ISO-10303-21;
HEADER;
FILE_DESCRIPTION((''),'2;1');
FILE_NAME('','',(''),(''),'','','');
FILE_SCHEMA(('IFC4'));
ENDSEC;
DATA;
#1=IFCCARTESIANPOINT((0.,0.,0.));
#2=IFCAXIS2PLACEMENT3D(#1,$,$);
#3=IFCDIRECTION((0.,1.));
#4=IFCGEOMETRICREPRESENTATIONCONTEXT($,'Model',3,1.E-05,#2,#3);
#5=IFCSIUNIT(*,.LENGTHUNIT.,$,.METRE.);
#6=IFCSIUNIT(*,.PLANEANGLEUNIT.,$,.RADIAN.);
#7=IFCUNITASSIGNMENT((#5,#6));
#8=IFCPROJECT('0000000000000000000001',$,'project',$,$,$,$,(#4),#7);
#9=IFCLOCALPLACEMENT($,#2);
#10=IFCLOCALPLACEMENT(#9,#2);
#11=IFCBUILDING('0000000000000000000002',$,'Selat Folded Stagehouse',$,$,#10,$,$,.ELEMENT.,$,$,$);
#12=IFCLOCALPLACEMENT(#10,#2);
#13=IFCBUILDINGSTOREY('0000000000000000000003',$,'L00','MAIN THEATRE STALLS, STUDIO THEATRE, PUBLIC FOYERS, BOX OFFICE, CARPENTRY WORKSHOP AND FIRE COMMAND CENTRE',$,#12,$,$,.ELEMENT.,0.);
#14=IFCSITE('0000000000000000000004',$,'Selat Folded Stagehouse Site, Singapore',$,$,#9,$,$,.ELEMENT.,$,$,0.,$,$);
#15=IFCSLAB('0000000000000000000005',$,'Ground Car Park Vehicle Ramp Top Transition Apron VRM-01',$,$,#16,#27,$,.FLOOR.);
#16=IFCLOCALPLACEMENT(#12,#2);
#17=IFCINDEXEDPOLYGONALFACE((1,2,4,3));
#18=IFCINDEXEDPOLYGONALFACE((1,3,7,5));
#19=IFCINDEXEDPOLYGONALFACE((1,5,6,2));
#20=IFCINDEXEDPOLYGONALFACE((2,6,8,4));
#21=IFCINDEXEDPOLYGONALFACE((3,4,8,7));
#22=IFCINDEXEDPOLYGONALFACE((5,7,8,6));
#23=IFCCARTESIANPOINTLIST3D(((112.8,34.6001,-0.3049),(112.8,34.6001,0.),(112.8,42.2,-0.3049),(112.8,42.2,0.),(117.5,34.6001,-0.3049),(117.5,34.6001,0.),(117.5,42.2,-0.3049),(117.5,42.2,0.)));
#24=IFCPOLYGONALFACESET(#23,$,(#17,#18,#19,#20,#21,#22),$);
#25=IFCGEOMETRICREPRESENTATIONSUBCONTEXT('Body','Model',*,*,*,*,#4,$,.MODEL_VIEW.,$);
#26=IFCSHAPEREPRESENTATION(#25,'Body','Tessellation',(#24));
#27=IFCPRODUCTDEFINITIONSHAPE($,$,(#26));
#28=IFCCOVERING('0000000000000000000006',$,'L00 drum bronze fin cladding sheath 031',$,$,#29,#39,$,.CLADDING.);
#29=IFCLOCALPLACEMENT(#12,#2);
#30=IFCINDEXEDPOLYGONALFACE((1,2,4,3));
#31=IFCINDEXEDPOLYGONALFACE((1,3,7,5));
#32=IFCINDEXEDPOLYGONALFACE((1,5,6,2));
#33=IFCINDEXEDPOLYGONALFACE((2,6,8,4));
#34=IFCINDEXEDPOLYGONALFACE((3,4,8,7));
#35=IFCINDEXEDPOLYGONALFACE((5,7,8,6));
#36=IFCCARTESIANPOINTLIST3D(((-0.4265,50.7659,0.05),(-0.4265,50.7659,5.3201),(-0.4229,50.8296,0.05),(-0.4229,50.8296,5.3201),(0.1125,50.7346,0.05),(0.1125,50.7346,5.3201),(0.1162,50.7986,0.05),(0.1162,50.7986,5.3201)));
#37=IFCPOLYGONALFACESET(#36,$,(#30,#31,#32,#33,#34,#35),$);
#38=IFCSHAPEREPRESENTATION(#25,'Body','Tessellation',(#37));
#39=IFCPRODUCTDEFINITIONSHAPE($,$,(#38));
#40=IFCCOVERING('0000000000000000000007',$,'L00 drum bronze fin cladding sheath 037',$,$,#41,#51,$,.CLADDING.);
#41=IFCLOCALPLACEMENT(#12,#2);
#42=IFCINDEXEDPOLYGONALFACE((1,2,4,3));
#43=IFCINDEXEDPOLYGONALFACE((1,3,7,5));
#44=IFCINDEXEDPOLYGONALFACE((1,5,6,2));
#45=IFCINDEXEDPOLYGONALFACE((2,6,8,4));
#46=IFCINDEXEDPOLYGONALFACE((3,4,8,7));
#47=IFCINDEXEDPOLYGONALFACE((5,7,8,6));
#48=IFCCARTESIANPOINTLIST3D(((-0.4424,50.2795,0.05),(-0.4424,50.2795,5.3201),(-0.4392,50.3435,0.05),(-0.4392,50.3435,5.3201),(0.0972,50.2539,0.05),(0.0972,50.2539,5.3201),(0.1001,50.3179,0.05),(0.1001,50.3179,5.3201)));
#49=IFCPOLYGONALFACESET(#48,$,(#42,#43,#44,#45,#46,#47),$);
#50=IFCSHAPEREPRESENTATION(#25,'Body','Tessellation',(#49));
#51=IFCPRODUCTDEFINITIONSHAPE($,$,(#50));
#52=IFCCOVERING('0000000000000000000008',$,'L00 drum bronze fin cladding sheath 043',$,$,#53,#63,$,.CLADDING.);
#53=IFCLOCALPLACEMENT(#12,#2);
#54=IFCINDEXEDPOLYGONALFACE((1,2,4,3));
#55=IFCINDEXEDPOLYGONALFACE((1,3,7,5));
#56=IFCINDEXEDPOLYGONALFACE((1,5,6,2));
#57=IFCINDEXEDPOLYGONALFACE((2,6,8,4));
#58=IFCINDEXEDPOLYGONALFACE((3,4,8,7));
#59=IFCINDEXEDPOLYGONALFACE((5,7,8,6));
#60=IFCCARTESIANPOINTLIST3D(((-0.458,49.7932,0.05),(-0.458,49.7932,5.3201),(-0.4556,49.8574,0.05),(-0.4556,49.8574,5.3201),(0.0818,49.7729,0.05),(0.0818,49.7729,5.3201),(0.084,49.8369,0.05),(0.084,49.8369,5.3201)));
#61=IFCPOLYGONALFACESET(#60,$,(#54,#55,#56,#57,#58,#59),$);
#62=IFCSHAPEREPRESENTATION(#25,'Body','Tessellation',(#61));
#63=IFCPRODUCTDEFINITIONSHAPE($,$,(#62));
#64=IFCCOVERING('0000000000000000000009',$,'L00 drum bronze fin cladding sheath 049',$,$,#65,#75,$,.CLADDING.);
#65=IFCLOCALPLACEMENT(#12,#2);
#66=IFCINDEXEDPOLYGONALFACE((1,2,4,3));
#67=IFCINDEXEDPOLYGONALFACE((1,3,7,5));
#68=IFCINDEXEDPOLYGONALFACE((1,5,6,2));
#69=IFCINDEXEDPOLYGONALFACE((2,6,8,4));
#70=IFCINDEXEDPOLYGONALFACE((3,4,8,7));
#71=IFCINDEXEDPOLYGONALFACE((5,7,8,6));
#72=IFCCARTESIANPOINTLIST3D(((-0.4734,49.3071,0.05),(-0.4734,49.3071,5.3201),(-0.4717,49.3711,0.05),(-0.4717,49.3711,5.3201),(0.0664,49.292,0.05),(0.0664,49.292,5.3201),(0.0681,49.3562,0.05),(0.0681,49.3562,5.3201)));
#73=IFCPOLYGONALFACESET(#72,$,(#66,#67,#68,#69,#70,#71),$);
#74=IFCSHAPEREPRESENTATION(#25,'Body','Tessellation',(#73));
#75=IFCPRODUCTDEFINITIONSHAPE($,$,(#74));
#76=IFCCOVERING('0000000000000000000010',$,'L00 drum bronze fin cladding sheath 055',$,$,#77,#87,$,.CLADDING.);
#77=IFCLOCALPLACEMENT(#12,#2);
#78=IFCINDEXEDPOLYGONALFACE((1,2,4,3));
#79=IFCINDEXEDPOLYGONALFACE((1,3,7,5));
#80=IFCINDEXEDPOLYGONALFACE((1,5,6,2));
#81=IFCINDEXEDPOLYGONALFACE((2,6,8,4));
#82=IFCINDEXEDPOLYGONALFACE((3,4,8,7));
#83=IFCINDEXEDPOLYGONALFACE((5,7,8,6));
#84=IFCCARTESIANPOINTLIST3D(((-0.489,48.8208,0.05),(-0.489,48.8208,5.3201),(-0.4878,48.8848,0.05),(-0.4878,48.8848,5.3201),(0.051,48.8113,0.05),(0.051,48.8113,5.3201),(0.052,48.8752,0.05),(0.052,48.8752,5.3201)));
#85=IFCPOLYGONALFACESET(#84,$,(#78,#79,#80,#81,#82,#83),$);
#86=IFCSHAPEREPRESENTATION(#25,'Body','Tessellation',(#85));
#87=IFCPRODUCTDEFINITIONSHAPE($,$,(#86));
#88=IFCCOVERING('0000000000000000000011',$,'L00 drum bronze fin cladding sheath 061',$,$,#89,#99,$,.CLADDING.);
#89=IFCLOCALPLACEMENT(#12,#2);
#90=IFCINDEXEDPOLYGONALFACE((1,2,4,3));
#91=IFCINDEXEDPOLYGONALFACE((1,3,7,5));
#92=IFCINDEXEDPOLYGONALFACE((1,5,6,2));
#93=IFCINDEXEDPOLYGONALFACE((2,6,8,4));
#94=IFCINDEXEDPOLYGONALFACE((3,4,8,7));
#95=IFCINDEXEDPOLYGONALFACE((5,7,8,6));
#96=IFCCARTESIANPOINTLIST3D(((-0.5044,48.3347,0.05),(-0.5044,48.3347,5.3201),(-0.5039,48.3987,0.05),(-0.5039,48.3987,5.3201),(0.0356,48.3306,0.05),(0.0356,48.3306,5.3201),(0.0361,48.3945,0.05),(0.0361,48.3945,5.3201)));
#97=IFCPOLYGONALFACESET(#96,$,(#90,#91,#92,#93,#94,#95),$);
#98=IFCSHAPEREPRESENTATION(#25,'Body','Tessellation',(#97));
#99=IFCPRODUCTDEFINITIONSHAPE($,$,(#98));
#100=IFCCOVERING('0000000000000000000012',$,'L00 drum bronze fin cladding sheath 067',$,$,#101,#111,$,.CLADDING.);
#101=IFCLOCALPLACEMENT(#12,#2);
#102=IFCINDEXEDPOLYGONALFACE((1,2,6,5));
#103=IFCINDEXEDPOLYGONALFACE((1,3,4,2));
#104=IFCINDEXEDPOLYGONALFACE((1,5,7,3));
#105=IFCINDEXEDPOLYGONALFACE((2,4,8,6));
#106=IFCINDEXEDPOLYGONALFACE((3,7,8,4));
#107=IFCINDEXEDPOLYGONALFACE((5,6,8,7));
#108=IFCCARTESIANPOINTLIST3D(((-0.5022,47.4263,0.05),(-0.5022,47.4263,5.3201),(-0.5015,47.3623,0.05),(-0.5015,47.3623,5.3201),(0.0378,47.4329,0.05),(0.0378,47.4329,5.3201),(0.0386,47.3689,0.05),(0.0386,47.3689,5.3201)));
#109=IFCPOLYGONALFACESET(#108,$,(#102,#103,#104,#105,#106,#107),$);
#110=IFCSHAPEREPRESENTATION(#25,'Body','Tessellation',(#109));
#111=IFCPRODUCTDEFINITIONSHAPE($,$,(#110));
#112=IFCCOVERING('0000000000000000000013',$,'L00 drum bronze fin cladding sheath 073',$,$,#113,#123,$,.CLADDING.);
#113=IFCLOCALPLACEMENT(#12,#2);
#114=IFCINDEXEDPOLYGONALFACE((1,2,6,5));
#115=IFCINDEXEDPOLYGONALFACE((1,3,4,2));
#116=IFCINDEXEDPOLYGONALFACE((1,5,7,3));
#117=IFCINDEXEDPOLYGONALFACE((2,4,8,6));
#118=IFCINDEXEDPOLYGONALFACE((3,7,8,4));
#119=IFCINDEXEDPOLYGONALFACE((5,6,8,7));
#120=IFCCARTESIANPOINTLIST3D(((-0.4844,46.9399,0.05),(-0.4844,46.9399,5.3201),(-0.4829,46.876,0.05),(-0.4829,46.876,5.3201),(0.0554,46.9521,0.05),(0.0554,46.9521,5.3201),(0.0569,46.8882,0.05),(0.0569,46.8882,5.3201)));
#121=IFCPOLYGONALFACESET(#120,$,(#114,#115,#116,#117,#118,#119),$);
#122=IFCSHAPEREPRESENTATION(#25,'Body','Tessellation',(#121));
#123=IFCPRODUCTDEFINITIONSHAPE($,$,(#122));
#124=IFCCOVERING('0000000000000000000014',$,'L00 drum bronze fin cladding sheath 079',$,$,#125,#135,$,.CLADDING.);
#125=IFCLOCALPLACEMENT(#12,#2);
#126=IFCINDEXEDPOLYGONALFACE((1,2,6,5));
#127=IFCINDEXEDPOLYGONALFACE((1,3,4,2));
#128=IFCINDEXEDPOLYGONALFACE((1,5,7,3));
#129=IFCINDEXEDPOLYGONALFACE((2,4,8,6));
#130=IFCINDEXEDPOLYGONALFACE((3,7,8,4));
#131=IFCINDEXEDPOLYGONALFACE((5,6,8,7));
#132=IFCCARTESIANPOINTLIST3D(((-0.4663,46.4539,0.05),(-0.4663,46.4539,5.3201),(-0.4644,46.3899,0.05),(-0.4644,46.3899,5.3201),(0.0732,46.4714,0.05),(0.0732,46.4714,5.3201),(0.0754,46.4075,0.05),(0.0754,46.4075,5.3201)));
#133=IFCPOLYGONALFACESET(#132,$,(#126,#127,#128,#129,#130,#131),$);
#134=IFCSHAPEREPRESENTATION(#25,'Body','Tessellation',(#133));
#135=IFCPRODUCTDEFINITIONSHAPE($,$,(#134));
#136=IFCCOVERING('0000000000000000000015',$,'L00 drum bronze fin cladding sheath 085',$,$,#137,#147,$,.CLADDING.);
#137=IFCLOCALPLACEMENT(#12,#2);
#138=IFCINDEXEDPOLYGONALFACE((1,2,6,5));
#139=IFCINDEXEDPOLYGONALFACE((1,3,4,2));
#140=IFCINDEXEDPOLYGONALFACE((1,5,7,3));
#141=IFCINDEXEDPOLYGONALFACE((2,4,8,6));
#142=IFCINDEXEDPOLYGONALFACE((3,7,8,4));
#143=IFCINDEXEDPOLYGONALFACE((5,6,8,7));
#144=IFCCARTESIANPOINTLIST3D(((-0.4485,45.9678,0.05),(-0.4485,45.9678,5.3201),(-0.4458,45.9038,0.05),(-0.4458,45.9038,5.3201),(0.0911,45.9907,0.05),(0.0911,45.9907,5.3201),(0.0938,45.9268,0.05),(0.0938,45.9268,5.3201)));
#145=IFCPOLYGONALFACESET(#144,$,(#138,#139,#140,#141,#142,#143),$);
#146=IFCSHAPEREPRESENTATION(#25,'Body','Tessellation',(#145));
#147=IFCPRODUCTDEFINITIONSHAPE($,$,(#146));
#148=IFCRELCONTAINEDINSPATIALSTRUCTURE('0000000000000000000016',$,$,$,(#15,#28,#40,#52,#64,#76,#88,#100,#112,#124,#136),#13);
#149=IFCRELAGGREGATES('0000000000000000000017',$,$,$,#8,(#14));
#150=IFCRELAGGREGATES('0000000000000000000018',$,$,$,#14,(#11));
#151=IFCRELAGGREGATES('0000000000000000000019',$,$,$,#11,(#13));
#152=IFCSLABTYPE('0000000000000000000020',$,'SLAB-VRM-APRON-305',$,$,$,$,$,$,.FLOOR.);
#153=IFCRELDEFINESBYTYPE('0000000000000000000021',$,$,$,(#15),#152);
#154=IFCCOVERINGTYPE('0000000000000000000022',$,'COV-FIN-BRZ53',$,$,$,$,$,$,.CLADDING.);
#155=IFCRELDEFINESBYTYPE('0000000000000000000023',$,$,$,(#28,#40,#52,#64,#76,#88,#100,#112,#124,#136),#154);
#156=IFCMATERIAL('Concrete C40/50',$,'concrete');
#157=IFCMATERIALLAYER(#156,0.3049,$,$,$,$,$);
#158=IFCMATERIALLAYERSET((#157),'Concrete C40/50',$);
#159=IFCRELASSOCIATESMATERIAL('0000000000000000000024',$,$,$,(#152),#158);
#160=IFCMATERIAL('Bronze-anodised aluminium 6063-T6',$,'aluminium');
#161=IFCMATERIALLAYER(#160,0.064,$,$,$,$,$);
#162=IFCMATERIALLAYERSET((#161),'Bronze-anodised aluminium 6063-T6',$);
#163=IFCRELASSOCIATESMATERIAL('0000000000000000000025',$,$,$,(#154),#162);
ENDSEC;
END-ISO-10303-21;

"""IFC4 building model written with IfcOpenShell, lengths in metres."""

from ifc_helpers import new_model, si_unit, direction, frame, origin, place, context, subcontext, project, spatial, polyline, outline, extrude, material, layer, layer_set, type_object, element, save


model = new_model("IFC4")

# Units and contexts
model_context = context("Model", 3, precision=1e-05, world=origin(), true_north=direction((0.0, 1.0)))
body_context = subcontext(model_context, "Body", "Model", "MODEL_VIEW")
ifc_project = project(units=[si_unit("LENGTHUNIT", "METRE"), si_unit("PLANEANGLEUNIT", "RADIAN")], contexts=[model_context])

# Site, building, storey
site_placement = place(None, origin())
site = spatial("IfcSite", under=ifc_project, at=site_placement, Name="Selat Folded Stagehouse Site, Singapore", CompositionType="ELEMENT", RefElevation=0.0)
building_placement = place(site_placement, origin())
building = spatial("IfcBuilding", under=site, at=building_placement, Name="Selat Folded Stagehouse", CompositionType="ELEMENT")
storey_placement = place(building_placement, origin())
storey = spatial("IfcBuildingStorey", under=building, at=storey_placement, Name="L00", Description="MAIN THEATRE STALLS, STUDIO THEATRE, PUBLIC FOYERS, BOX OFFICE, CARPENTRY WORKSHOP AND FIRE COMMAND CENTRE", CompositionType="ELEMENT", Elevation=0.0)

# Slab
ifc_material_1 = material(Name="Concrete C40/50", Category="concrete")
ifc_layer_1 = layer(ifc_material_1, 0.3049)
ifc_layer_set_1 = layer_set([ifc_layer_1], Name="Concrete C40/50")
slab_type_1 = type_object("IfcSlabType", Name="SLAB-VRM-APRON-305", PredefinedType="FLOOR", material=ifc_layer_set_1)
slab_1_placement = place(storey_placement, frame((0.0, 0.0, -0.3049)))
element("IfcSlab", 1, at=slab_1_placement, inside=storey, type_object=slab_type_1, Name="Ground Car Park Vehicle Ramp Top Transition Apron VRM-01", PredefinedType="FLOOR", context=body_context, shape_type="SweptSolid", body=[
    extrude(outline(polyline([(112.8, 34.6001), (117.5, 34.6001), (117.5, 42.2), (112.8, 42.2), (112.8, 34.6001)])), origin(), (0.0, 0.0, 1.0), 0.3049),
])

# Coverings
ifc_material_2 = material(Name="Bronze-anodised aluminium 6063-T6", Category="aluminium")
ifc_layer_2 = layer(ifc_material_2, 0.064)
ifc_layer_set_2 = layer_set([ifc_layer_2], Name="Bronze-anodised aluminium 6063-T6")
covering_type = type_object("IfcCoveringType", Name="COV-FIN-BRZ53", PredefinedType="CLADDING", material=ifc_layer_set_2)
covering_1_placement = place(storey_placement, frame((0.0, 0.0, 0.05)))
element("IfcCovering", 2, at=covering_1_placement, inside=storey, type_object=covering_type, Name="L00 drum bronze fin cladding sheath 031", PredefinedType="CLADDING", context=body_context, shape_type="SweptSolid", body=[
    extrude(outline(polyline([(0.1162, 50.7986), (-0.4229, 50.8296), (-0.4265, 50.7659), (0.1125, 50.7346), (0.1162, 50.7986)])), origin(), (0.0, 0.0, 1.0), 5.27),
])
covering_2_placement = place(storey_placement, frame((0.0, 0.0, 0.05)))
element("IfcCovering", 3, at=covering_2_placement, inside=storey, type_object=covering_type, Name="L00 drum bronze fin cladding sheath 037", PredefinedType="CLADDING", context=body_context, shape_type="SweptSolid", body=[
    extrude(outline(polyline([(0.1001, 50.3179), (-0.4392, 50.3435), (-0.4424, 50.2795), (0.0972, 50.2539), (0.1001, 50.3179)])), origin(), (0.0, 0.0, 1.0), 5.27),
])
covering_3_placement = place(storey_placement, frame((0.0, 0.0, 0.05)))
element("IfcCovering", 4, at=covering_3_placement, inside=storey, type_object=covering_type, Name="L00 drum bronze fin cladding sheath 043", PredefinedType="CLADDING", context=body_context, shape_type="SweptSolid", body=[
    extrude(outline(polyline([(0.084, 49.8369), (-0.4556, 49.8574), (-0.458, 49.7932), (0.0818, 49.7729), (0.084, 49.8369)])), origin(), (0.0, 0.0, 1.0), 5.27),
])
covering_4_placement = place(storey_placement, frame((0.0, 0.0, 0.05)))
element("IfcCovering", 5, at=covering_4_placement, inside=storey, type_object=covering_type, Name="L00 drum bronze fin cladding sheath 049", PredefinedType="CLADDING", context=body_context, shape_type="SweptSolid", body=[
    extrude(outline(polyline([(0.0681, 49.3562), (-0.4717, 49.3711), (-0.4734, 49.3071), (0.0664, 49.292), (0.0681, 49.3562)])), origin(), (0.0, 0.0, 1.0), 5.27),
])
covering_5_placement = place(storey_placement, frame((0.0, 0.0, 0.05)))
element("IfcCovering", 6, at=covering_5_placement, inside=storey, type_object=covering_type, Name="L00 drum bronze fin cladding sheath 055", PredefinedType="CLADDING", context=body_context, shape_type="SweptSolid", body=[
    extrude(outline(polyline([(0.052, 48.8752), (-0.4878, 48.8848), (-0.489, 48.8208), (0.051, 48.8113), (0.052, 48.8752)])), origin(), (0.0, 0.0, 1.0), 5.27),
])
covering_6_placement = place(storey_placement, frame((0.0, 0.0, 0.05)))
element("IfcCovering", 7, at=covering_6_placement, inside=storey, type_object=covering_type, Name="L00 drum bronze fin cladding sheath 061", PredefinedType="CLADDING", context=body_context, shape_type="SweptSolid", body=[
    extrude(outline(polyline([(0.0361, 48.3945), (-0.5039, 48.3987), (-0.5044, 48.3347), (0.0356, 48.3306), (0.0361, 48.3945)])), origin(), (0.0, 0.0, 1.0), 5.27),
])
covering_7_placement = place(storey_placement, frame((0.0, 0.0, 0.05)))
element("IfcCovering", 8, at=covering_7_placement, inside=storey, type_object=covering_type, Name="L00 drum bronze fin cladding sheath 067", PredefinedType="CLADDING", context=body_context, shape_type="SweptSolid", body=[
    extrude(outline(polyline([(0.0378, 47.4329), (-0.5022, 47.4263), (-0.5015, 47.3623), (0.0386, 47.3689), (0.0378, 47.4329)])), origin(), (0.0, 0.0, 1.0), 5.27),
])
covering_8_placement = place(storey_placement, frame((0.0, 0.0, 0.05)))
element("IfcCovering", 9, at=covering_8_placement, inside=storey, type_object=covering_type, Name="L00 drum bronze fin cladding sheath 073", PredefinedType="CLADDING", context=body_context, shape_type="SweptSolid", body=[
    extrude(outline(polyline([(0.0554, 46.9521), (-0.4844, 46.9399), (-0.4829, 46.876), (0.0569, 46.8882), (0.0554, 46.9521)])), origin(), (0.0, 0.0, 1.0), 5.27),
])
covering_9_placement = place(storey_placement, frame((0.0, 0.0, 0.05)))
element("IfcCovering", 10, at=covering_9_placement, inside=storey, type_object=covering_type, Name="L00 drum bronze fin cladding sheath 079", PredefinedType="CLADDING", context=body_context, shape_type="SweptSolid", body=[
    extrude(outline(polyline([(0.0732, 46.4714), (-0.4663, 46.4539), (-0.4644, 46.3899), (0.0754, 46.4075), (0.0732, 46.4714)])), origin(), (0.0, 0.0, 1.0), 5.27),
])
covering_10_placement = place(storey_placement, frame((0.0, 0.0, 0.05)))
element("IfcCovering", 11, at=covering_10_placement, inside=storey, type_object=covering_type, Name="L00 drum bronze fin cladding sheath 085", PredefinedType="CLADDING", context=body_context, shape_type="SweptSolid", body=[
    extrude(outline(polyline([(0.0911, 45.9907), (-0.4485, 45.9678), (-0.4458, 45.9038), (0.0938, 45.9268), (0.0911, 45.9907)])), origin(), (0.0, 0.0, 1.0), 5.27),
])

save(model, "model.ifc")
